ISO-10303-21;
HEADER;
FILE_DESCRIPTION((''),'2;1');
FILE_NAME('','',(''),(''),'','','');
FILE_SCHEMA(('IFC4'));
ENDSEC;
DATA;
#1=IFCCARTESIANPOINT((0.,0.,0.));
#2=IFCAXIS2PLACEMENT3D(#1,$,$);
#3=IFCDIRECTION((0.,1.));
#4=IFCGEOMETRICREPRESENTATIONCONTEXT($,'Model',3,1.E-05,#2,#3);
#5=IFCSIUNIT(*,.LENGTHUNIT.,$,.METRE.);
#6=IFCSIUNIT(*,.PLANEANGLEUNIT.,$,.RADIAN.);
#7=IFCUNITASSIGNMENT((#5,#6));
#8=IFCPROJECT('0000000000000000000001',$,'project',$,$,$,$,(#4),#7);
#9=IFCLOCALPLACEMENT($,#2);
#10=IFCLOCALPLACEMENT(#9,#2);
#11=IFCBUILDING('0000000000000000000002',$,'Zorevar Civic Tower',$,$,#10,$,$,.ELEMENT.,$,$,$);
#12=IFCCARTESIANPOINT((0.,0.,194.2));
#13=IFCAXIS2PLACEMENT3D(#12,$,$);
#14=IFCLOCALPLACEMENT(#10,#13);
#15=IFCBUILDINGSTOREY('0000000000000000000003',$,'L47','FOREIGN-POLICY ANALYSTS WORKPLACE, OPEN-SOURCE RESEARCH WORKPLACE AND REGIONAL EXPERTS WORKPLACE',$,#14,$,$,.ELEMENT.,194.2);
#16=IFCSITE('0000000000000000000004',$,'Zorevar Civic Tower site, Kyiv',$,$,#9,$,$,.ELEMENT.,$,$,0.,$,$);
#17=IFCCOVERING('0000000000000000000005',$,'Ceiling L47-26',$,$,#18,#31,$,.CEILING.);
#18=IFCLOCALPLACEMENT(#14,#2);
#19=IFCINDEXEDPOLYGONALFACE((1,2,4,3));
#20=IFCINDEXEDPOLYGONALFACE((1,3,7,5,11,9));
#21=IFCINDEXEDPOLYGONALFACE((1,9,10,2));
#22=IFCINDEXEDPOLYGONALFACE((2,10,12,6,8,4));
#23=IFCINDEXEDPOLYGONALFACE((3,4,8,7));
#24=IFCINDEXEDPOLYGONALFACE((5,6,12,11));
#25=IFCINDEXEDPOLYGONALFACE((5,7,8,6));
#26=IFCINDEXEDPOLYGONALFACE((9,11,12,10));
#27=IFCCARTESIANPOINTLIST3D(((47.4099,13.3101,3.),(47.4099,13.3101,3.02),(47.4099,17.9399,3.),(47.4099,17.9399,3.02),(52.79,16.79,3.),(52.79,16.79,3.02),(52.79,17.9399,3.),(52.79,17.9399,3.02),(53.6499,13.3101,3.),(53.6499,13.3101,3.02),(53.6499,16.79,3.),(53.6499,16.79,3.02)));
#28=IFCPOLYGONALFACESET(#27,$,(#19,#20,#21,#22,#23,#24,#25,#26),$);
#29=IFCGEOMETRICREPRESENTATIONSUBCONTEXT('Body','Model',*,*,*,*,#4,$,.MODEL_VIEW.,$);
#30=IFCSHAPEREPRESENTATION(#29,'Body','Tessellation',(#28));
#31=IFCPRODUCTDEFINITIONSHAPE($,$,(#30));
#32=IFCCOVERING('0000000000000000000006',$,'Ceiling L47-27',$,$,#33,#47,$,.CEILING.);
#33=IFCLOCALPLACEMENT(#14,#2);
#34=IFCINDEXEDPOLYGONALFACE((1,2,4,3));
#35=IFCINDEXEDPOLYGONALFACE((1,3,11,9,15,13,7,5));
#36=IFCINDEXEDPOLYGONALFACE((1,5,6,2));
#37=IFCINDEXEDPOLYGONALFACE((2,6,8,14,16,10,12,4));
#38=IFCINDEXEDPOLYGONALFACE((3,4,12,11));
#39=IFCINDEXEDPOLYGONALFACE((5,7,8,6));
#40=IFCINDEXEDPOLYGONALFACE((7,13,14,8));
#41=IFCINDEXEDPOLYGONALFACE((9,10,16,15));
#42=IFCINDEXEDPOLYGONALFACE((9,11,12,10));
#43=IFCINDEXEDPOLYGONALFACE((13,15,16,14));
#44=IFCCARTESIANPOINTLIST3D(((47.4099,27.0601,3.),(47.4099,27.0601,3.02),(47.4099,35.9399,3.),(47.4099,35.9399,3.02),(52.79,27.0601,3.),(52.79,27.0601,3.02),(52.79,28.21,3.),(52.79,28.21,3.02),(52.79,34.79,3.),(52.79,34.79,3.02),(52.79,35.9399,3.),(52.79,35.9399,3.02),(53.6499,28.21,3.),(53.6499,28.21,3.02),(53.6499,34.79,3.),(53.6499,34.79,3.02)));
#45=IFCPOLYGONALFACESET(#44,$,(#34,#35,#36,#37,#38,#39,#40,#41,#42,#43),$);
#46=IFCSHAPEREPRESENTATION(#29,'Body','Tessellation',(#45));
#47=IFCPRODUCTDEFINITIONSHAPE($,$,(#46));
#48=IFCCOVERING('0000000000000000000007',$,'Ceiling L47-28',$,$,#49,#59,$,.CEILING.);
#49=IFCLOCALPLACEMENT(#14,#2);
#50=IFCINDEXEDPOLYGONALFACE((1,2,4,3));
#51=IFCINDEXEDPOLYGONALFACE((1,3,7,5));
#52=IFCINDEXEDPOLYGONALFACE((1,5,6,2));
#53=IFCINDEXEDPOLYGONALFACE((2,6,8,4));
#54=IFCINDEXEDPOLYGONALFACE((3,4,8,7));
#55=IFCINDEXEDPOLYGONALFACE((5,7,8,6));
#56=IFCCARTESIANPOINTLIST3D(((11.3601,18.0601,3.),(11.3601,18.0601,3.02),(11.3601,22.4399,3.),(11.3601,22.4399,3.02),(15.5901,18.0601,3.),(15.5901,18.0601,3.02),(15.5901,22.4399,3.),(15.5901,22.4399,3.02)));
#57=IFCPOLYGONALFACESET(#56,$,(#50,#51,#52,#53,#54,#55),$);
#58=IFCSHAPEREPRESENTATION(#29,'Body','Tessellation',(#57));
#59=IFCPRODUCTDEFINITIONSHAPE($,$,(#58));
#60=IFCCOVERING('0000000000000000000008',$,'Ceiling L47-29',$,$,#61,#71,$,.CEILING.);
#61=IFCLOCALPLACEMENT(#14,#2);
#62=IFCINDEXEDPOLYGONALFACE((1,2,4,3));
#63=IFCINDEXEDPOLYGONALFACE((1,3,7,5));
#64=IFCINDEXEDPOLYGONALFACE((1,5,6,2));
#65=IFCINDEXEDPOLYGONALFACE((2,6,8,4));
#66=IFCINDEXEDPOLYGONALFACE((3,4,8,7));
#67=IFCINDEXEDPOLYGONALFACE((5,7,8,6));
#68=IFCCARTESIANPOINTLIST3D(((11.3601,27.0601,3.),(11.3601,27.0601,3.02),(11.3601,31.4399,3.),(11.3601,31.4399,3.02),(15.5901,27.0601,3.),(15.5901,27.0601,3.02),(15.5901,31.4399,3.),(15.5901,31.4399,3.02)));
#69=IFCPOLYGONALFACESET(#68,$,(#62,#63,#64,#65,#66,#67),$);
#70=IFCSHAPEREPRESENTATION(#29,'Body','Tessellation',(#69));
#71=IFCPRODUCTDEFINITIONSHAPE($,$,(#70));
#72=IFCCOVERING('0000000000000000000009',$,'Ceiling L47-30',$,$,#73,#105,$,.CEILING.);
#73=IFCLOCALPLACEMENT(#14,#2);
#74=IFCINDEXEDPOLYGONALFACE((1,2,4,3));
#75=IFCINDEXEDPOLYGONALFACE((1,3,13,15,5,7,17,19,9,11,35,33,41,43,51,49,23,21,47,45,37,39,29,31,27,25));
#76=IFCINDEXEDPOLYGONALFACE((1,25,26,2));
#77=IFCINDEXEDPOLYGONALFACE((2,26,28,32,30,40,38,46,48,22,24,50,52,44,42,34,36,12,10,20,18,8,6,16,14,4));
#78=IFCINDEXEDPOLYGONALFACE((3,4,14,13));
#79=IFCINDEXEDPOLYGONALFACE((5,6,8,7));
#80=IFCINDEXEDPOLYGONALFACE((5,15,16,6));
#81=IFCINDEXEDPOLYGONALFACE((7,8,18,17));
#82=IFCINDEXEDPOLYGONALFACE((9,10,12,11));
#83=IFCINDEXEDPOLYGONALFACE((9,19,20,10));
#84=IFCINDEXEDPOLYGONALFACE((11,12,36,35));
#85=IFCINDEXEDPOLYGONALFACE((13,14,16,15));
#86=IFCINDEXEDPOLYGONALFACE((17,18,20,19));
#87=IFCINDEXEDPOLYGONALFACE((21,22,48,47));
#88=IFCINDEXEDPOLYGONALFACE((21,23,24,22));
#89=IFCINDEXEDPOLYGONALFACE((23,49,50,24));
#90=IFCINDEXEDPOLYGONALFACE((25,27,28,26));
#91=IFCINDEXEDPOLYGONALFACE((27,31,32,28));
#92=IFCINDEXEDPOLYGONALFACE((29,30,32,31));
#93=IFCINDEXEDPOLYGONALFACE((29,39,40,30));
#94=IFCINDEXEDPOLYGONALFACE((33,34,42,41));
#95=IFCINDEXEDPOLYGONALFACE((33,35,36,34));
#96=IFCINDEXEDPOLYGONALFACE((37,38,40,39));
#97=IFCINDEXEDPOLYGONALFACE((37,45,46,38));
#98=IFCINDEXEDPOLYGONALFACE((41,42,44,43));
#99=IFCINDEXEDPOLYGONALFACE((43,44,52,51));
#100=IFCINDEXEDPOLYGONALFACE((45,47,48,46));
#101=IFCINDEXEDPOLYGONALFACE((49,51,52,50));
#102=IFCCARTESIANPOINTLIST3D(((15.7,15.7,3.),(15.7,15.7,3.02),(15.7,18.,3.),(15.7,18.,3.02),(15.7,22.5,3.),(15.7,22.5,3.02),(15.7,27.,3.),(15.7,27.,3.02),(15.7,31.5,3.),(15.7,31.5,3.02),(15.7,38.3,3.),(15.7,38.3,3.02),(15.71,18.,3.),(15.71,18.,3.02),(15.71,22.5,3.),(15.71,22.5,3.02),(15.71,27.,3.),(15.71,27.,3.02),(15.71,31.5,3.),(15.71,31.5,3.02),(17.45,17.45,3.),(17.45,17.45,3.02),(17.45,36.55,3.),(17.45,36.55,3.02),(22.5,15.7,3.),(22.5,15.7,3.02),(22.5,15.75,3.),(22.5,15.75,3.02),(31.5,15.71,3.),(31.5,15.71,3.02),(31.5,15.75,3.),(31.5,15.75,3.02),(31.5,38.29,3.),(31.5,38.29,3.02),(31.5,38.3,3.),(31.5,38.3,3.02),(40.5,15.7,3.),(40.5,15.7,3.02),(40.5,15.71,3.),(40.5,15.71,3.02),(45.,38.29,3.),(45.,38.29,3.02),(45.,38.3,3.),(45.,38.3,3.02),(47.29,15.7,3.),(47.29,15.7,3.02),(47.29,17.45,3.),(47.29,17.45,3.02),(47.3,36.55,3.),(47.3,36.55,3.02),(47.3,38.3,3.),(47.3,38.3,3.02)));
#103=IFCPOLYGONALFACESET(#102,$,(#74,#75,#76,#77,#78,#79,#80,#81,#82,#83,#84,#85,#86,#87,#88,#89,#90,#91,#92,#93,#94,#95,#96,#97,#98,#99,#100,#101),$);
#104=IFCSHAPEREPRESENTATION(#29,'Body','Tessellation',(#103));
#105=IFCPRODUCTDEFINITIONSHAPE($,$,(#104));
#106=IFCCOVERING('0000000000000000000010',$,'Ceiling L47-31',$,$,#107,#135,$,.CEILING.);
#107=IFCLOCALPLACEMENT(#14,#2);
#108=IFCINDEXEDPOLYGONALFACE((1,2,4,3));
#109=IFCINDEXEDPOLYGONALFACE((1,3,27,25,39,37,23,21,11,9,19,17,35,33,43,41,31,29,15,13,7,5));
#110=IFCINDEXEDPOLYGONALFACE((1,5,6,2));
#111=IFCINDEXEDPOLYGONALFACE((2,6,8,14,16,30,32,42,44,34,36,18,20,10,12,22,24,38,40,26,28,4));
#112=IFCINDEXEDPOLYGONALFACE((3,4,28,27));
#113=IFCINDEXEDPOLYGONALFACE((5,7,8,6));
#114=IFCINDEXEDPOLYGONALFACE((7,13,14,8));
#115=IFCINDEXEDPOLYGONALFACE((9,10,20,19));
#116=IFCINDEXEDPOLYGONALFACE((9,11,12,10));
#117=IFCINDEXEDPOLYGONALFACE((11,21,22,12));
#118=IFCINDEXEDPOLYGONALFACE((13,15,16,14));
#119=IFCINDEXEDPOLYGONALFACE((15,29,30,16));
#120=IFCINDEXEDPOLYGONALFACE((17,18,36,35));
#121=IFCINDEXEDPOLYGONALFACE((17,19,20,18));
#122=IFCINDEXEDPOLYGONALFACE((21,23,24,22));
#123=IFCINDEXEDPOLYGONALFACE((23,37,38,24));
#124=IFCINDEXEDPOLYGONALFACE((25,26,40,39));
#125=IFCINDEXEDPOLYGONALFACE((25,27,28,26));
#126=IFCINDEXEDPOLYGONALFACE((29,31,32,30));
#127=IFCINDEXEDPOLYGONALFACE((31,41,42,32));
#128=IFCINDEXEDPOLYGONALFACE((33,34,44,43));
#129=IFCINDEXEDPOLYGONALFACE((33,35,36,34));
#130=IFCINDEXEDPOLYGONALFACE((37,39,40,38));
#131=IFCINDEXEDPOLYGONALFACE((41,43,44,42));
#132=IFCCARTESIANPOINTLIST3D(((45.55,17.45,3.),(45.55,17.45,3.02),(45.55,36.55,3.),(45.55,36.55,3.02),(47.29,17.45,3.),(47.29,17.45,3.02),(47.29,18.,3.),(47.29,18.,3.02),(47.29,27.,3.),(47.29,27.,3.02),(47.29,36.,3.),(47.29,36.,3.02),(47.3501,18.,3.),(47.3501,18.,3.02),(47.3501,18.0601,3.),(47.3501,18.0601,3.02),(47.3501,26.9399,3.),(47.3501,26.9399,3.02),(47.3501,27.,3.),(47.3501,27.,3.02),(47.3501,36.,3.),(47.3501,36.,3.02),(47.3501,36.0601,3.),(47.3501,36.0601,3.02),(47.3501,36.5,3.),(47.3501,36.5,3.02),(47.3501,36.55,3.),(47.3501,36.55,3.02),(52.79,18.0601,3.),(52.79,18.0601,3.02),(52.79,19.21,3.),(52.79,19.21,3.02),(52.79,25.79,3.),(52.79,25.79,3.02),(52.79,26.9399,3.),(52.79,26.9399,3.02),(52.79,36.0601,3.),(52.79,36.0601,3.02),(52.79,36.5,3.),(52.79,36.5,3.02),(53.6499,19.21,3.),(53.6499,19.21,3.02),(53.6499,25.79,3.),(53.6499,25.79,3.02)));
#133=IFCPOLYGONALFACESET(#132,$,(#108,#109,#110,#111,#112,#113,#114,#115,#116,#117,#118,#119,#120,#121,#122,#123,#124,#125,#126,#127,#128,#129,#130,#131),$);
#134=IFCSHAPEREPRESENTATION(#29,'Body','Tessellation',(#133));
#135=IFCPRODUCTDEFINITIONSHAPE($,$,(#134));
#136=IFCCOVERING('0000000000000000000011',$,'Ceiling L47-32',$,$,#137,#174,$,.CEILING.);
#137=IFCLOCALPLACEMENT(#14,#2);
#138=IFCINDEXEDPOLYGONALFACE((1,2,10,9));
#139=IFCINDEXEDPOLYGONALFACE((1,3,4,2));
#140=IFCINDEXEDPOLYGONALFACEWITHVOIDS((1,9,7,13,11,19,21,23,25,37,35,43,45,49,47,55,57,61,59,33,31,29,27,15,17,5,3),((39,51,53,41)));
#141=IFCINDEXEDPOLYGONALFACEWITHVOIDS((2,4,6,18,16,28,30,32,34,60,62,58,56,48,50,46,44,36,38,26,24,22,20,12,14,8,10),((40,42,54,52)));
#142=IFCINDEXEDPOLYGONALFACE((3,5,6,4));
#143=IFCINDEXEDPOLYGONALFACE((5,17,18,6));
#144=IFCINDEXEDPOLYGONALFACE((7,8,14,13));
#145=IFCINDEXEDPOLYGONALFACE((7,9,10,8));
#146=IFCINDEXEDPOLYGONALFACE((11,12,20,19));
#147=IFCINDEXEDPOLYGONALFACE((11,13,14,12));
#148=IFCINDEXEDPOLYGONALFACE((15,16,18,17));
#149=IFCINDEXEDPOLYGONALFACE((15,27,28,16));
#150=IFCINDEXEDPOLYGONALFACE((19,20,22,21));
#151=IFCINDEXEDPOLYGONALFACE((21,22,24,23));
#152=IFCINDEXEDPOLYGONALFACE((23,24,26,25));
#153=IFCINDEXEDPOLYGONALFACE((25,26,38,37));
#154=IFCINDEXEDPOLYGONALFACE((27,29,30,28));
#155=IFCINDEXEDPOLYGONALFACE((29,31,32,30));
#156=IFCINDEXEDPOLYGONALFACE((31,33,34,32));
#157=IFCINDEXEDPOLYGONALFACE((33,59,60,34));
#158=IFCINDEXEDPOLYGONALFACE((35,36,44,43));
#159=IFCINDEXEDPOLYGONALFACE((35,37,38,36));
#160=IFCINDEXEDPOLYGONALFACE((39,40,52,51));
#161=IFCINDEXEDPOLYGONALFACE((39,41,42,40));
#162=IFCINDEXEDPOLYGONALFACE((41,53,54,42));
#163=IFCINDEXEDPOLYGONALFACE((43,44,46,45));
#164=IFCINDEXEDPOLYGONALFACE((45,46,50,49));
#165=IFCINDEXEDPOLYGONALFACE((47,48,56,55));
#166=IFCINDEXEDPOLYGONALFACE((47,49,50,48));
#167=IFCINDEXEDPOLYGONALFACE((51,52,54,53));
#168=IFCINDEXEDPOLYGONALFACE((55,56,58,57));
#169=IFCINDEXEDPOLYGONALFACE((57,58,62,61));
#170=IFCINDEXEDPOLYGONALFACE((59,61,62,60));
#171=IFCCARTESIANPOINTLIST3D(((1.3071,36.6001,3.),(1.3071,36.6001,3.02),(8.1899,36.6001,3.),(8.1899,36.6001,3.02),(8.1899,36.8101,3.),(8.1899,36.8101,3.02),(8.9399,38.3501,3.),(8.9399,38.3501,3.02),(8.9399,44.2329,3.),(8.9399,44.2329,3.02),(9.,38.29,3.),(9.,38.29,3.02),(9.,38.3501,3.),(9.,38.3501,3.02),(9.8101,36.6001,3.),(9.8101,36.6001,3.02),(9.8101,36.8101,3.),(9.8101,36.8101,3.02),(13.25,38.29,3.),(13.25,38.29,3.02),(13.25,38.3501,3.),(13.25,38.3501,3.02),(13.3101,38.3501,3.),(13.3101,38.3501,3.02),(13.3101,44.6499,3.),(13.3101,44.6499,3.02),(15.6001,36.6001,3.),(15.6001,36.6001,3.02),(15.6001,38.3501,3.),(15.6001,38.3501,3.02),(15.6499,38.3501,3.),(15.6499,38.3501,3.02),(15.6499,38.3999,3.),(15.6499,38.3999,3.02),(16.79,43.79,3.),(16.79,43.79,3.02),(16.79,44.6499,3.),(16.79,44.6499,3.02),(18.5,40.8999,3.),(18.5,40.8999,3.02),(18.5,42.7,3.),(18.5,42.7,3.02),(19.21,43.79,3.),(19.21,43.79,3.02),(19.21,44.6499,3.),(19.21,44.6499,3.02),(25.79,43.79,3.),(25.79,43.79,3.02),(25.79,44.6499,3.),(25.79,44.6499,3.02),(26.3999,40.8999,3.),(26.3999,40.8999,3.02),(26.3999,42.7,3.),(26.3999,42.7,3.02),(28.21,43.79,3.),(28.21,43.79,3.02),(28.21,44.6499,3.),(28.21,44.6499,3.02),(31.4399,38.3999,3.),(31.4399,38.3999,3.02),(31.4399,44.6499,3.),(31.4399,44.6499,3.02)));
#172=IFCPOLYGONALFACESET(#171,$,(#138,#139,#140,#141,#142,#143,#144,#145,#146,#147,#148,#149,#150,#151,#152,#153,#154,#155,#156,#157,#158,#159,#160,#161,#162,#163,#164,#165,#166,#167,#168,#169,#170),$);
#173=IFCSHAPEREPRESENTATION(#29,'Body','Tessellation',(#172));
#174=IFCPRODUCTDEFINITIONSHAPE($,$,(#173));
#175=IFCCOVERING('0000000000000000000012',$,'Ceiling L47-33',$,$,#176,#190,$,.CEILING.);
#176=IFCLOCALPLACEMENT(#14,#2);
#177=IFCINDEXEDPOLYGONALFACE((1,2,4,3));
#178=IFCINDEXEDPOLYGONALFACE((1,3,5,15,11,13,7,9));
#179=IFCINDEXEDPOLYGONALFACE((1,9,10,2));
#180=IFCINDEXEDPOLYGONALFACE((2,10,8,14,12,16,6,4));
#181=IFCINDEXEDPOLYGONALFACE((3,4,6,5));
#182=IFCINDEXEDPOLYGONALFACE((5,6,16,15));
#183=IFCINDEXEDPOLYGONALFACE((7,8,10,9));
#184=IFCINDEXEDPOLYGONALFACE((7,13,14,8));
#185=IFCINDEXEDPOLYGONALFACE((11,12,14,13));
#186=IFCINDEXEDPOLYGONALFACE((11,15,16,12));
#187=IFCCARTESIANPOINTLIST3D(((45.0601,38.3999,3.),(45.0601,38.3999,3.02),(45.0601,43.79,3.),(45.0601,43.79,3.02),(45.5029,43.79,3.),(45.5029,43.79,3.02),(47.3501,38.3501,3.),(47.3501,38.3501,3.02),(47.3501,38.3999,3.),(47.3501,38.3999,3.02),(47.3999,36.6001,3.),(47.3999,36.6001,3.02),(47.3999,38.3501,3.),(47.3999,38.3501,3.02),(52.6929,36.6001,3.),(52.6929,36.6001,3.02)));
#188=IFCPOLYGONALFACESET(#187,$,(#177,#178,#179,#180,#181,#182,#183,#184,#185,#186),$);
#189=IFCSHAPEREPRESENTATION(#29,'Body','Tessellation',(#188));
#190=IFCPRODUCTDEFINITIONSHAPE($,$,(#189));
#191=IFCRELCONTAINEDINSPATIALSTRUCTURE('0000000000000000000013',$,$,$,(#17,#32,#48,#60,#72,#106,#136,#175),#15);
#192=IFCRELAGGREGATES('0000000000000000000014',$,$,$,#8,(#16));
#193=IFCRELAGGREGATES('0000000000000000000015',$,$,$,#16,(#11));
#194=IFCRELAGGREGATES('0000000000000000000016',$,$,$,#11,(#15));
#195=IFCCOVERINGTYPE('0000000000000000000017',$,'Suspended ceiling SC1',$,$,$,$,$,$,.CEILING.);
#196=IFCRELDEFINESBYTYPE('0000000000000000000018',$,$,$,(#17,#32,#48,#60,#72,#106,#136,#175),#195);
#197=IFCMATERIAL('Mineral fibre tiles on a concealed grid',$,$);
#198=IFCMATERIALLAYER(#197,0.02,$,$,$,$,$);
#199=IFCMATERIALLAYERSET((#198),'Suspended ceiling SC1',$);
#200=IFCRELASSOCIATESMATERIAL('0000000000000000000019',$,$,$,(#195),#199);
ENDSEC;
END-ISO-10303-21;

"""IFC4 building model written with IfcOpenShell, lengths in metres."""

from ifc_helpers import new_model, si_unit, direction, frame, origin, place, context, subcontext, project, spatial, polyline, outline, extrude, material, layer, layer_set, type_object, element, save


model = new_model("IFC4")

# Units and contexts
model_context = context("Model", 3, precision=1e-05, world=origin(), true_north=direction((0.0, 1.0)))
body_context = subcontext(model_context, "Body", "Model", "MODEL_VIEW")
ifc_project = project(units=[si_unit("LENGTHUNIT", "METRE"), si_unit("PLANEANGLEUNIT", "RADIAN")], contexts=[model_context])

# Site, building, storey
site_placement = place(None, origin())
site = spatial("IfcSite", under=ifc_project, at=site_placement, Name="Zorevar Civic Tower site, Kyiv", CompositionType="ELEMENT", RefElevation=0.0)
building_placement = place(site_placement, origin())
building = spatial("IfcBuilding", under=site, at=building_placement, Name="Zorevar Civic Tower", CompositionType="ELEMENT")
storey_placement = place(building_placement, frame((0.0, 0.0, 194.2)))
storey = spatial("IfcBuildingStorey", under=building, at=storey_placement, Name="L47", Description="FOREIGN-POLICY ANALYSTS WORKPLACE, OPEN-SOURCE RESEARCH WORKPLACE AND REGIONAL EXPERTS WORKPLACE", CompositionType="ELEMENT", Elevation=194.2)

# Coverings
ifc_material_1 = material(Name="Mineral fibre tiles on a concealed grid")
ifc_layer_1 = layer(ifc_material_1, 0.02)
ifc_layer_set_1 = layer_set([ifc_layer_1], Name="Suspended ceiling SC1")
covering_type_1 = type_object("IfcCoveringType", Name="Suspended ceiling SC1", PredefinedType="CEILING", material=ifc_layer_set_1)
covering_1_placement = place(storey_placement, frame((0.0, 0.0, 3.0)))
element("IfcCovering", 1, at=covering_1_placement, inside=storey, type_object=covering_type_1, Name="Ceiling L47-26", PredefinedType="CEILING", context=body_context, shape_type="SweptSolid", body=[
    extrude(outline(polyline([(47.4099, 17.9399), (52.79, 17.9399), (52.79, 16.79), (53.6499, 16.79), (53.6499, 13.3101), (47.4099, 13.3101), (47.4099, 17.9399)])), origin(), (0.0, 0.0, 1.0), 0.02),
])
covering_2_placement = place(storey_placement, frame((0.0, 0.0, 3.0)))
element("IfcCovering", 2, at=covering_2_placement, inside=storey, type_object=covering_type_1, Name="Ceiling L47-27", PredefinedType="CEILING", context=body_context, shape_type="SweptSolid", body=[
    extrude(outline(polyline([(53.6499, 28.21), (52.79, 28.21), (52.79, 27.0601), (47.4099, 27.0601), (47.4099, 35.9399), (52.79, 35.9399), (52.79, 34.79), (53.6499, 34.79), (53.6499, 28.21)])), origin(), (0.0, 0.0, 1.0), 0.02),
])
covering_3_placement = place(storey_placement, frame((0.0, 0.0, 3.0)))
element("IfcCovering", 3, at=covering_3_placement, inside=storey, type_object=covering_type_1, Name="Ceiling L47-28", PredefinedType="CEILING", context=body_context, shape_type="SweptSolid", body=[
    extrude(outline(polyline([(15.5901, 18.0601), (11.3601, 18.0601), (11.3601, 22.4399), (15.5901, 22.4399), (15.5901, 18.0601)])), origin(), (0.0, 0.0, 1.0), 0.02),
])
covering_4_placement = place(storey_placement, frame((0.0, 0.0, 3.0)))
element("IfcCovering", 4, at=covering_4_placement, inside=storey, type_object=covering_type_1, Name="Ceiling L47-29", PredefinedType="CEILING", context=body_context, shape_type="SweptSolid", body=[
    extrude(outline(polyline([(11.3601, 31.4399), (15.5901, 31.4399), (15.5901, 27.0601), (11.3601, 27.0601), (11.3601, 31.4399)])), origin(), (0.0, 0.0, 1.0), 0.02),
])
covering_5_placement = place(storey_placement, frame((0.0, 0.0, 3.0)))
element("IfcCovering", 5, at=covering_5_placement, inside=storey, type_object=covering_type_1, Name="Ceiling L47-30", PredefinedType="CEILING", context=body_context, shape_type="SweptSolid", body=[
    extrude(outline(polyline([(47.29, 15.7), (40.5, 15.7), (40.5, 15.71), (31.5, 15.71), (31.5, 15.75), (22.5, 15.75), (22.5, 15.7), (15.7, 15.7), (15.7, 18.0), (15.71, 18.0), (15.71, 22.5), (15.7, 22.5), (15.7, 27.0), (15.71, 27.0), (15.71, 31.5), (15.7, 31.5), (15.7, 38.3), (31.5, 38.3), (31.5, 38.29), (45.0, 38.29), (45.0, 38.3), (47.3, 38.3), (47.3, 36.55), (17.45, 36.55), (17.45, 17.45), (47.29, 17.45), (47.29, 15.7)])), origin(), (0.0, 0.0, 1.0), 0.02),
])
covering_6_placement = place(storey_placement, frame((0.0, 0.0, 3.0)))
element("IfcCovering", 6, at=covering_6_placement, inside=storey, type_object=covering_type_1, Name="Ceiling L47-31", PredefinedType="CEILING", context=body_context, shape_type="SweptSolid", body=[
    extrude(outline(polyline([(52.79, 26.9399), (52.79, 25.79), (53.6499, 25.79), (53.6499, 19.21), (52.79, 19.21), (52.79, 18.0601), (47.3501, 18.0601), (47.3501, 18.0), (47.29, 18.0), (47.29, 17.45), (45.55, 17.45), (45.55, 36.55), (47.3501, 36.55), (47.3501, 36.5), (52.79, 36.5), (52.79, 36.0601), (47.3501, 36.0601), (47.3501, 36.0), (47.29, 36.0), (47.29, 27.0), (47.3501, 27.0), (47.3501, 26.9399), (52.79, 26.9399)])), origin(), (0.0, 0.0, 1.0), 0.02),
])
covering_7_placement = place(storey_placement, frame((0.0, 0.0, 3.0)))
element("IfcCovering", 7, at=covering_7_placement, inside=storey, type_object=covering_type_1, Name="Ceiling L47-32", PredefinedType="CEILING", context=body_context, shape_type="SweptSolid", body=[
    extrude(outline(polyline([(8.9399, 38.3501), (9.0, 38.3501), (9.0, 38.29), (13.25, 38.29), (13.25, 38.3501), (13.3101, 38.3501), (13.3101, 44.6499), (16.79, 44.6499), (16.79, 43.79), (19.21, 43.79), (19.21, 44.6499), (25.79, 44.6499), (25.79, 43.79), (28.21, 43.79), (28.21, 44.6499), (31.4399, 44.6499), (31.4399, 38.3999), (15.6499, 38.3999), (15.6499, 38.3501), (15.6001, 38.3501), (15.6001, 36.6001), (9.8101, 36.6001), (9.8101, 36.8101), (8.1899, 36.8101), (8.1899, 36.6001), (1.3071, 36.6001), (8.9399, 44.2329), (8.9399, 38.3501)]), holes=[polyline([(18.5, 42.7), (18.5, 40.8999), (26.3999, 40.8999), (26.3999, 42.7), (18.5, 42.7)])]), origin(), (0.0, 0.0, 1.0), 0.02),
])
covering_8_placement = place(storey_placement, frame((0.0, 0.0, 3.0)))
element("IfcCovering", 8, at=covering_8_placement, inside=storey, type_object=covering_type_1, Name="Ceiling L47-33", PredefinedType="CEILING", context=body_context, shape_type="SweptSolid", body=[
    extrude(outline(polyline([(47.3999, 36.6001), (47.3999, 38.3501), (47.3501, 38.3501), (47.3501, 38.3999), (45.0601, 38.3999), (45.0601, 43.79), (45.5029, 43.79), (52.6929, 36.6001), (47.3999, 36.6001)])), origin(), (0.0, 0.0, 1.0), 0.02),
])

save(model, "model.ifc")
